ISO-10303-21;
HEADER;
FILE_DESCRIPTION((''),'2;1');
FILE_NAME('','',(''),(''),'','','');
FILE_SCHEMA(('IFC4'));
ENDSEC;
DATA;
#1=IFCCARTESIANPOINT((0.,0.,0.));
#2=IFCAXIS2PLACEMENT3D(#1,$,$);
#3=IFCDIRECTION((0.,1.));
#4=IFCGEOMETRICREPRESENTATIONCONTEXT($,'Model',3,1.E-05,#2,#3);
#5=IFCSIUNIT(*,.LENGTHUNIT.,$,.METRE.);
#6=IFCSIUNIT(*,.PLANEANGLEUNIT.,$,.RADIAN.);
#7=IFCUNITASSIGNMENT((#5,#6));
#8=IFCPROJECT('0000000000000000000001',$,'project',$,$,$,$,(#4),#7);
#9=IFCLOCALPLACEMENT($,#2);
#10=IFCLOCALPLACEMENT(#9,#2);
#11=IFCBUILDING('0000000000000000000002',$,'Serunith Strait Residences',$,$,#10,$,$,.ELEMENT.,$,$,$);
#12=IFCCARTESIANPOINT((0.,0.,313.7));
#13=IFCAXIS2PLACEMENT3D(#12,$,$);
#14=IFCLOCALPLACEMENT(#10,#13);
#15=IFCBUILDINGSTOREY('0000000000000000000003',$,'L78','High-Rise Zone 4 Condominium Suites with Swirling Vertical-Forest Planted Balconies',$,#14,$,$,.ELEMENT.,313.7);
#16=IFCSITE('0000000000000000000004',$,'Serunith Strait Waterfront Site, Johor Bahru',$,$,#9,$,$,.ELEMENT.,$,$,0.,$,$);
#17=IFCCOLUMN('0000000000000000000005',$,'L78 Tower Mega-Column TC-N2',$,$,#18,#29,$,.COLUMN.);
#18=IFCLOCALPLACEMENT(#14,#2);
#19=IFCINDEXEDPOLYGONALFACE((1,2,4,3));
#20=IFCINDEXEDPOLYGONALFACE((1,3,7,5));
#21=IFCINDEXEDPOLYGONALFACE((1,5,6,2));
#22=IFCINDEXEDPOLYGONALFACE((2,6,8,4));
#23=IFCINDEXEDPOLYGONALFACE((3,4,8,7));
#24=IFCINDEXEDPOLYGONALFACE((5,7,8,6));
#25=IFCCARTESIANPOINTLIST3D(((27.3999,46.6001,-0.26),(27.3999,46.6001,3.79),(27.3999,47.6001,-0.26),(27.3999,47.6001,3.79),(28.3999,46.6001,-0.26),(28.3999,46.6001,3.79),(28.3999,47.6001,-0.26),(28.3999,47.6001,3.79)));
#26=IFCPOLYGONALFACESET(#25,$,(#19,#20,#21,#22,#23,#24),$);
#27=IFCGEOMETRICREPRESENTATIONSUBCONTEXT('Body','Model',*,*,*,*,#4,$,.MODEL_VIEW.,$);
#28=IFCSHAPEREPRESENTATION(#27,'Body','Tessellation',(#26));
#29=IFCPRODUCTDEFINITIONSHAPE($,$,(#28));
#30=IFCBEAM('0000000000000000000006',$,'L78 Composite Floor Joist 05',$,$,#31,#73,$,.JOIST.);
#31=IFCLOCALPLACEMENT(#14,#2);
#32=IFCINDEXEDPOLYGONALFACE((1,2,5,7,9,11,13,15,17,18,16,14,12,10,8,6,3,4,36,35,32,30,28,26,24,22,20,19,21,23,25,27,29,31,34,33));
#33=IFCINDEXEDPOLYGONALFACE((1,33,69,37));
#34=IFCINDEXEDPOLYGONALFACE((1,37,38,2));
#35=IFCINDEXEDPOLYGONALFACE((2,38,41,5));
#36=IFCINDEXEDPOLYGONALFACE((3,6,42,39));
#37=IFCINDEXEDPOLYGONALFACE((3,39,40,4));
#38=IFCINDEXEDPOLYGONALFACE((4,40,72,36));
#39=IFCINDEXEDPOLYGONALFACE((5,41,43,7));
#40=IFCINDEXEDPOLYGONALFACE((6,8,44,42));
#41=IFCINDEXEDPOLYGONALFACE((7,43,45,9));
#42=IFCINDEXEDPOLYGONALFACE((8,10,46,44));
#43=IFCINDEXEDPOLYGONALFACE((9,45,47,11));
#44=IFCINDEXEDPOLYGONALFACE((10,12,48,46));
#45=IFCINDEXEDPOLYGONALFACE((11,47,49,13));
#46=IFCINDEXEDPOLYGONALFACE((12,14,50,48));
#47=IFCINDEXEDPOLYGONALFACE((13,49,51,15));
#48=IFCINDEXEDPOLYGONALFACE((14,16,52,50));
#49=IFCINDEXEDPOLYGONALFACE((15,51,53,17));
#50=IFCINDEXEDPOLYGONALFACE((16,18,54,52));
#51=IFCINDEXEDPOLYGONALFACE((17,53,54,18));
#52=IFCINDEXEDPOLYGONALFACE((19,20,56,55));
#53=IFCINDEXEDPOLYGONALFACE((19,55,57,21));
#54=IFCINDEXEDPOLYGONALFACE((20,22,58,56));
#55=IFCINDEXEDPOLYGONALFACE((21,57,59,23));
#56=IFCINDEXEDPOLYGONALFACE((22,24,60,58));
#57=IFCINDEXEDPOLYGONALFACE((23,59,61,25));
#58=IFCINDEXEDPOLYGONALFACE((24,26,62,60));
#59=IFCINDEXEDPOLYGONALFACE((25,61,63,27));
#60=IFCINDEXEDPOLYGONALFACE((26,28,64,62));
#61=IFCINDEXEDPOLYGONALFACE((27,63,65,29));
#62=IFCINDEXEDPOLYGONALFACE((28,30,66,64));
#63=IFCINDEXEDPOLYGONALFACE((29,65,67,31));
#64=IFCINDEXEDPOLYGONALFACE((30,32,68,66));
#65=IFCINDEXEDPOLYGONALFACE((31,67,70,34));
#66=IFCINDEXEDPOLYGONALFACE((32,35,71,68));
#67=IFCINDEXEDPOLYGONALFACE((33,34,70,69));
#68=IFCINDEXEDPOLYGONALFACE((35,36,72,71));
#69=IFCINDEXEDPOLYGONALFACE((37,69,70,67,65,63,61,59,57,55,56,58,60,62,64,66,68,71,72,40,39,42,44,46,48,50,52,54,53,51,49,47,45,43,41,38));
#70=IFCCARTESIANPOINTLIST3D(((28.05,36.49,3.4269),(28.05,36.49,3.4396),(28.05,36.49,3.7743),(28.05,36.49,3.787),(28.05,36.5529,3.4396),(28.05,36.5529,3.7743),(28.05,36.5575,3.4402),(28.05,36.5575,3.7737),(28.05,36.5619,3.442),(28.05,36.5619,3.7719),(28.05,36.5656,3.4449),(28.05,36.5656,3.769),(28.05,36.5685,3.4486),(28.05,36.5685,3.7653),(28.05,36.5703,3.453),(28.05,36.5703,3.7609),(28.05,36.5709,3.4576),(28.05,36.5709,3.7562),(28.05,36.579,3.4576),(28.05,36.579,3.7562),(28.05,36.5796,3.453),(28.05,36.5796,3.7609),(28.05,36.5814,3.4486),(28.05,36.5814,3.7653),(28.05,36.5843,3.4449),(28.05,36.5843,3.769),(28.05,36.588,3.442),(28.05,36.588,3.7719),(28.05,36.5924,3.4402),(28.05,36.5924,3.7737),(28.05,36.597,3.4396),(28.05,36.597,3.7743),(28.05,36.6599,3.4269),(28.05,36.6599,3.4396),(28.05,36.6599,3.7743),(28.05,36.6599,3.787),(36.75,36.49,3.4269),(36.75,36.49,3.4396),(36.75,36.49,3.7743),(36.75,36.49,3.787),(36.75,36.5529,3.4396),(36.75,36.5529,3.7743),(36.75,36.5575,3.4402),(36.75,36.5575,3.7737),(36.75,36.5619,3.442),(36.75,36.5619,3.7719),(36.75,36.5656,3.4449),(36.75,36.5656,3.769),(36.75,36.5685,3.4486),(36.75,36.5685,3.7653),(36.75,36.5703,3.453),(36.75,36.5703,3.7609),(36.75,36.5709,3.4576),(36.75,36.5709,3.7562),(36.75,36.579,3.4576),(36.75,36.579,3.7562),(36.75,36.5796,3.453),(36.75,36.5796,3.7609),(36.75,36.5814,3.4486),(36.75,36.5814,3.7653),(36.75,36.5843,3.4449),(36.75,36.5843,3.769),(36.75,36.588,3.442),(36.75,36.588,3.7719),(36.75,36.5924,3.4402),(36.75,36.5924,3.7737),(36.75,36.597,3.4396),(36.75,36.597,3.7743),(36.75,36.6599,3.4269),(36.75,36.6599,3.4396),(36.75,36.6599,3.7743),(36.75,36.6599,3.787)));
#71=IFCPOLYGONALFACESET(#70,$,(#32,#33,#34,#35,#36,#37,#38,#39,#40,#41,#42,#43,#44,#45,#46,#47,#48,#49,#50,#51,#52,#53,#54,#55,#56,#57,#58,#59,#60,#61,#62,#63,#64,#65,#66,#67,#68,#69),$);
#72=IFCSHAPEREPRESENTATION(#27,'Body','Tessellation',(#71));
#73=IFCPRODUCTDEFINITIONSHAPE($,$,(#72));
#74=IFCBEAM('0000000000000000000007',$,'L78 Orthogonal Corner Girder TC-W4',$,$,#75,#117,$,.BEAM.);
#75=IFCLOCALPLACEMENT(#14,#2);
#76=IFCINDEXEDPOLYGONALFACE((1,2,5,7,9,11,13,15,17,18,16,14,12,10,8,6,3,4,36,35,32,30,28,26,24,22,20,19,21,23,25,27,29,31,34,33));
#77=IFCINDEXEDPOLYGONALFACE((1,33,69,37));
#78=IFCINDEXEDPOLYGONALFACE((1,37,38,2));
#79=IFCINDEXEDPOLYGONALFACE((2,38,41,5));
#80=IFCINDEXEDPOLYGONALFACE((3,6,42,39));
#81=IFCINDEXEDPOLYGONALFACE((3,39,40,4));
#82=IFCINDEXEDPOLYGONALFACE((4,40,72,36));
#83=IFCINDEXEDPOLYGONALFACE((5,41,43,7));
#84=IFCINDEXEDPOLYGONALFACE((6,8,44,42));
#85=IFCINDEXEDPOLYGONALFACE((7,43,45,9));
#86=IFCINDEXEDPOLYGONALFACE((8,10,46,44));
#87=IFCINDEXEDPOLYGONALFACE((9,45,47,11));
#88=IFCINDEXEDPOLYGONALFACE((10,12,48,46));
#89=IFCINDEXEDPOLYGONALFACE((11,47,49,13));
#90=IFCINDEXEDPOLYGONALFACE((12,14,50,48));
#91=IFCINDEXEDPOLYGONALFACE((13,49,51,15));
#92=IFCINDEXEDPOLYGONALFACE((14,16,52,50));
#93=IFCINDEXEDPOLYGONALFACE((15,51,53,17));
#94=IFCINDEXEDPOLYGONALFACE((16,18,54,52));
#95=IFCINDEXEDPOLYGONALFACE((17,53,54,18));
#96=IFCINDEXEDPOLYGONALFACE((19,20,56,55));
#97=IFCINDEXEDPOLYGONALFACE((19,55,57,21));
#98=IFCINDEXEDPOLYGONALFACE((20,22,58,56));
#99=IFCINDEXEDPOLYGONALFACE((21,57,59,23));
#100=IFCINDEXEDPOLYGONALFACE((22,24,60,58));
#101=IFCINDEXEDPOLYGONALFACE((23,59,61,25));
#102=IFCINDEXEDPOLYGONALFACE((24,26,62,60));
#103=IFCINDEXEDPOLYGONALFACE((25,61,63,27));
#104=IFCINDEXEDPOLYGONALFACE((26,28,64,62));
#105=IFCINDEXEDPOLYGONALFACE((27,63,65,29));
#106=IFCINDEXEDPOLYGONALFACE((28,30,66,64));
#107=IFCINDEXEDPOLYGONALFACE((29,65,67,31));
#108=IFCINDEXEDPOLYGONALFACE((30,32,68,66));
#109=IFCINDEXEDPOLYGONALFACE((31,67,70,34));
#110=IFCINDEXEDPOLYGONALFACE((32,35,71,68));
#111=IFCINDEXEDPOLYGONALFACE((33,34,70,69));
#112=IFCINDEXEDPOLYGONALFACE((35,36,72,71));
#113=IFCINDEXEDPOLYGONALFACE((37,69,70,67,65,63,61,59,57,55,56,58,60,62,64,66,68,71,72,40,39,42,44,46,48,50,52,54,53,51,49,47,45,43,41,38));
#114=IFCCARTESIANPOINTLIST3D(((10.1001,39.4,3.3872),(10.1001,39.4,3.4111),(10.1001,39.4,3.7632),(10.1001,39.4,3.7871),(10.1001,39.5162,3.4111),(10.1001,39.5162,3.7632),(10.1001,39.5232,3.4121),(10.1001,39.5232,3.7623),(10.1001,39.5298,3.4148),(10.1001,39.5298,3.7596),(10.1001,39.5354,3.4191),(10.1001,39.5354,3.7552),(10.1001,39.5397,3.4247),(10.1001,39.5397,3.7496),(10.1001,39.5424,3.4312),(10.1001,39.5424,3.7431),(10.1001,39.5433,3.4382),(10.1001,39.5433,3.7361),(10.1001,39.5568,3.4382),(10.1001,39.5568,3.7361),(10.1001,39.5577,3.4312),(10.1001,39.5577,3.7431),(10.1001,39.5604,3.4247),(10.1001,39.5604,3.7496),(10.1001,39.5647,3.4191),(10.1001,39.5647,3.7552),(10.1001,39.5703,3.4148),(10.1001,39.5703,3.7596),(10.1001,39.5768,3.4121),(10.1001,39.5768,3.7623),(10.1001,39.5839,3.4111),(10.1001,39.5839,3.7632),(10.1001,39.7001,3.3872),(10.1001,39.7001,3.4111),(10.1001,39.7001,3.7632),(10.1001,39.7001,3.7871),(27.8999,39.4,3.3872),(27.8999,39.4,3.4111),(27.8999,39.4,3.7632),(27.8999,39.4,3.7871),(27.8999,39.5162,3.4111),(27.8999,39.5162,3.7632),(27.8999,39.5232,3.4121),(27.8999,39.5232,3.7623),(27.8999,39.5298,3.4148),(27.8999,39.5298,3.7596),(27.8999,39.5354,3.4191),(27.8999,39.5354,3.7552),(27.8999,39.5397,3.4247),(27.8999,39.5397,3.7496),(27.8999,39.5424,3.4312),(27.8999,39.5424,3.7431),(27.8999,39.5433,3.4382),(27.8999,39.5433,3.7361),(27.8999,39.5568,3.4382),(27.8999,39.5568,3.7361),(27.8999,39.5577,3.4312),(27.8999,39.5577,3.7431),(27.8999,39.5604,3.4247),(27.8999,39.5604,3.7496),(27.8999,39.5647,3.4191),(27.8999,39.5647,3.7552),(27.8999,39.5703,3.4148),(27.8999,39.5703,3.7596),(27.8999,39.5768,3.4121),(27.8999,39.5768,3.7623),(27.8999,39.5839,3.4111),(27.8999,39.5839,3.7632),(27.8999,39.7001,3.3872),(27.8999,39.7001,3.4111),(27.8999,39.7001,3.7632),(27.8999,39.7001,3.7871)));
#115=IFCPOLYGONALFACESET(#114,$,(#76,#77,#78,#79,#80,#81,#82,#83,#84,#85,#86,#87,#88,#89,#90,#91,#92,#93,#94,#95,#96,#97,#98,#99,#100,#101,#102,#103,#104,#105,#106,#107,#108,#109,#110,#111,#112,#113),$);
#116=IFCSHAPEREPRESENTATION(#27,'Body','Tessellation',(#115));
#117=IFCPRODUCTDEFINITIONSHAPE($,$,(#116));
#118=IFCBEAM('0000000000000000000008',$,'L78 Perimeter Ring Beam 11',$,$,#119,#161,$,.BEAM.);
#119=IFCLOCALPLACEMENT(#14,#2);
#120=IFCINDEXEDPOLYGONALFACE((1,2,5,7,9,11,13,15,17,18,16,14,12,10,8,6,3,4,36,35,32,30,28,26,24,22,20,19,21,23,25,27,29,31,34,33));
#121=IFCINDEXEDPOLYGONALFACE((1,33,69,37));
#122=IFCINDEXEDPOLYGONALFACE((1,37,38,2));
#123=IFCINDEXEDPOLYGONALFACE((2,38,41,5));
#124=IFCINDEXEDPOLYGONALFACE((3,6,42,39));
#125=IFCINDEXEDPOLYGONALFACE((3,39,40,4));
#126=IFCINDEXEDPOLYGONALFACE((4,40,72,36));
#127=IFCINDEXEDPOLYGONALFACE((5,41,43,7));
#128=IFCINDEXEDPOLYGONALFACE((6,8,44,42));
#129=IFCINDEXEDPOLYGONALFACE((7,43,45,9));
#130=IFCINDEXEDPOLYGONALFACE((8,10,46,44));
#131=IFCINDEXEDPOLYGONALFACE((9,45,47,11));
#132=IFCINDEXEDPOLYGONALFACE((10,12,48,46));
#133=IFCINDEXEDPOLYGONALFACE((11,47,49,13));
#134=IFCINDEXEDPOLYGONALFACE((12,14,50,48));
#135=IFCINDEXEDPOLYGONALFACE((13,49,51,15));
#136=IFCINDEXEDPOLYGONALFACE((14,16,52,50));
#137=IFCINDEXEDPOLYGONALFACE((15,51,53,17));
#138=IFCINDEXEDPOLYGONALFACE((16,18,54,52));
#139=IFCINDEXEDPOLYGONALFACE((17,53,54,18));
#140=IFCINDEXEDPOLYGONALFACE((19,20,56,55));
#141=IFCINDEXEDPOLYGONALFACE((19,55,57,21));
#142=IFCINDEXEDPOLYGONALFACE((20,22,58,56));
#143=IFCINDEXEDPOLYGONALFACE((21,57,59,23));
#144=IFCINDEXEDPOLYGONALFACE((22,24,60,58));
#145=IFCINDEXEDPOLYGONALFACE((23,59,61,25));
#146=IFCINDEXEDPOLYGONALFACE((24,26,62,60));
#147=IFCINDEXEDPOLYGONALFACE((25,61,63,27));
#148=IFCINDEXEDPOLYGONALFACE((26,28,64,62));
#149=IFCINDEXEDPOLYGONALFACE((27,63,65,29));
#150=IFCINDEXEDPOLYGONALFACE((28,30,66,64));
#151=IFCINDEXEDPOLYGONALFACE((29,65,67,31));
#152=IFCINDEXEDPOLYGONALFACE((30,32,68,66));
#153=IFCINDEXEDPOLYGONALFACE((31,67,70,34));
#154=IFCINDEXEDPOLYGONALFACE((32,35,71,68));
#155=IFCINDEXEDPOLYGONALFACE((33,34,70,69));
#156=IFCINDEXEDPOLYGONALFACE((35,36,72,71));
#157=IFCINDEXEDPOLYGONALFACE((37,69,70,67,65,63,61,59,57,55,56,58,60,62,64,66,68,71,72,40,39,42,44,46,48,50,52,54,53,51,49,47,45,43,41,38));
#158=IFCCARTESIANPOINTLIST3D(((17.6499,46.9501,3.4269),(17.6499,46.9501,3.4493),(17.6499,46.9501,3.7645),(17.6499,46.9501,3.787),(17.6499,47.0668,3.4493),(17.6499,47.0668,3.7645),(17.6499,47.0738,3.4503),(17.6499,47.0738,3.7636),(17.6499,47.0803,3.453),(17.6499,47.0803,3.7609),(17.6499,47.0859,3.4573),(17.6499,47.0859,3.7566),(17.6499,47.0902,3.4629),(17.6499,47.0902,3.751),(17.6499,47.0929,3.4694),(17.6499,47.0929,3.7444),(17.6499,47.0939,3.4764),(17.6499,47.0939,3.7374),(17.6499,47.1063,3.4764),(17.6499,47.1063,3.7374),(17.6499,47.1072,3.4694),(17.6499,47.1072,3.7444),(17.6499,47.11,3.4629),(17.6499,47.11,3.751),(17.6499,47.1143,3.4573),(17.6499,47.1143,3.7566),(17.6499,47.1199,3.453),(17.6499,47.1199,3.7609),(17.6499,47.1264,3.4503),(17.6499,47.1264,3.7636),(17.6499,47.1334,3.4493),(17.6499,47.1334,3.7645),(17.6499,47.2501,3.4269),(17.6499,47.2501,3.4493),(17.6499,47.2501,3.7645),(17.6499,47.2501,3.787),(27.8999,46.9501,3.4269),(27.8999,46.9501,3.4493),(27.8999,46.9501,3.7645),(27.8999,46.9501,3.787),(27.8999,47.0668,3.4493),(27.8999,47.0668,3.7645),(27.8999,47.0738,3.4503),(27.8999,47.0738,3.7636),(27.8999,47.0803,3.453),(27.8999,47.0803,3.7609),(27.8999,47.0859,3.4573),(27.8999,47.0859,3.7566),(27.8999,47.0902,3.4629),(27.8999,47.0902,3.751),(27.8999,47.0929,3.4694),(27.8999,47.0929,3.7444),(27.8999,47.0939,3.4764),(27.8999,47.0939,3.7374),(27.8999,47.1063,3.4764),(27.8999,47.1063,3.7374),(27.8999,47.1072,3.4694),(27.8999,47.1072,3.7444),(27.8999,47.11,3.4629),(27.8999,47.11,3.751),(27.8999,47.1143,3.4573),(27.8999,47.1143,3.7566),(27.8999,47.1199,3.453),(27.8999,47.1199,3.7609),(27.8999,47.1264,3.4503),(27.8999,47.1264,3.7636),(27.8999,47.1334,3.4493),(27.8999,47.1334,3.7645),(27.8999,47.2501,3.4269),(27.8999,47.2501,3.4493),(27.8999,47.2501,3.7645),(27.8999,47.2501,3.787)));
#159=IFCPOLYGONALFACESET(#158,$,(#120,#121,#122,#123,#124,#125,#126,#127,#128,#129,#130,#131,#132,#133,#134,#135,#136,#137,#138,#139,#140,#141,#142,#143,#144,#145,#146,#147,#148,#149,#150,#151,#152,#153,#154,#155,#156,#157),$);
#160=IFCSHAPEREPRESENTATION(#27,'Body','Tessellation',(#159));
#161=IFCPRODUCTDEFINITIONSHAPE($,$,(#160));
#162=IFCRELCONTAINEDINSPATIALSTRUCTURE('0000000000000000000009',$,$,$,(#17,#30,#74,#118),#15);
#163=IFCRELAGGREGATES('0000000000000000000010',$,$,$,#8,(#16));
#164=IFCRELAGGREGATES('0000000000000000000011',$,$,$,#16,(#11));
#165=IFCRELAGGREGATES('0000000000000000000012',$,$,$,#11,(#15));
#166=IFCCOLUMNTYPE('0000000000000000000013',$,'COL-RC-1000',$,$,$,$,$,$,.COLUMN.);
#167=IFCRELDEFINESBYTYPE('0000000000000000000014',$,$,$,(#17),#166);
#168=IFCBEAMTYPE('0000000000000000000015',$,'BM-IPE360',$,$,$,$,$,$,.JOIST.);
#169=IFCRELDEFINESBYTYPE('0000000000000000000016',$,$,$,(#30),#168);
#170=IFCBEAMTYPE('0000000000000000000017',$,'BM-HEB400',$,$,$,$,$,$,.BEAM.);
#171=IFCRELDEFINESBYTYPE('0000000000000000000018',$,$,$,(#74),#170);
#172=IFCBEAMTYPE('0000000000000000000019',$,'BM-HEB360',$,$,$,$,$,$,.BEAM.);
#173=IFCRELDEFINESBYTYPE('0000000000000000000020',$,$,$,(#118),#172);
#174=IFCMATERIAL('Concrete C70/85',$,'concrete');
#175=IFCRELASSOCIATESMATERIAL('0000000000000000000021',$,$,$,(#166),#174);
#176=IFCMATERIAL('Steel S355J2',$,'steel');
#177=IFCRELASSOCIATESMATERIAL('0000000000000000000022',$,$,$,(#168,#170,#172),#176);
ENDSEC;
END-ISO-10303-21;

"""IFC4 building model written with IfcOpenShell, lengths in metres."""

from ifc_helpers import new_model, si_unit, direction, frame, origin, origin_2d, place, context, subcontext, project, spatial, rectangle, i_section, extrude, source, transform, mapped, material, material_profile, profile_set, type_object, element, save


model = new_model("IFC4")

# Units and contexts
model_context = context("Model", 3, precision=1e-05, world=origin(), true_north=direction((0.0, 1.0)))
body_context = subcontext(model_context, "Body", "Model", "MODEL_VIEW")
ifc_project = project(units=[si_unit("LENGTHUNIT", "METRE"), si_unit("PLANEANGLEUNIT", "RADIAN")], contexts=[model_context])

# Site, building, storey
site_placement = place(None, origin())
site = spatial("IfcSite", under=ifc_project, at=site_placement, Name="Serunith Strait Waterfront Site, Johor Bahru", CompositionType="ELEMENT", RefElevation=0.0)
building_placement = place(site_placement, origin())
building = spatial("IfcBuilding", under=site, at=building_placement, Name="Serunith Strait Residences", CompositionType="ELEMENT")
storey_placement = place(building_placement, frame((0.0, 0.0, 313.7)))
storey = spatial("IfcBuildingStorey", under=building, at=storey_placement, Name="L78", Description="High-Rise Zone 4 Condominium Suites with Swirling Vertical-Forest Planted Balconies", CompositionType="ELEMENT", Elevation=313.7)

# Column
ifc_material_1 = material(Name="Concrete C70/85", Category="concrete")
ifc_material_profile_1 = material_profile(ifc_material_1, rectangle(XDim=1.0, YDim=1.0, at=origin_2d()), Name="RC 1000x1000")
ifc_profile_set_1 = profile_set([ifc_material_profile_1], Name="Concrete C70/85")
column_type = type_object("IfcColumnType", Name="COL-RC-1000", PredefinedType="COLUMN", material=ifc_profile_set_1)
shared_shape_1 = source(origin(), body_context, "Body", "SweptSolid", [
    extrude(rectangle(XDim=1.0, YDim=1.0, at=origin_2d()), origin(), (0.0, 0.0, 1.0), 4.05),
])
column_placement = place(storey_placement, frame((27.8999, 47.1001, -0.26), z_axis=(0.0, 0.0, 1.0), x_axis=(1.0, 0.0, 0.0)))
element("IfcColumn", 1, at=column_placement, inside=storey, type_object=column_type, Name="L78 Tower Mega-Column TC-N2", PredefinedType="COLUMN", context=body_context, shape_type="MappedRepresentation", body=[
    mapped(shared_shape_1, transform((0.0, 0.0, 0.0), scale=1.0)),
])

# Beams
ifc_material_2 = material(Name="Steel S355J2", Category="steel")
ifc_material_profile_2 = material_profile(ifc_material_2, i_section(OverallWidth=0.1699, OverallDepth=0.3601, WebThickness=0.0081, FlangeThickness=0.0127, FilletRadius=0.0181, at=origin_2d()), Name="IPE 360")
ifc_profile_set_2 = profile_set([ifc_material_profile_2], Name="Steel S355J2")
beam_type_1 = type_object("IfcBeamType", Name="BM-IPE360", PredefinedType="JOIST", material=ifc_profile_set_2)
shared_shape_2 = source(origin(), body_context, "Body", "SweptSolid", [
    extrude(i_section(OverallWidth=0.1699, OverallDepth=0.3601, WebThickness=0.0081, FlangeThickness=0.0127, FilletRadius=0.0181, at=origin_2d()), origin(), (0.0, 0.0, 1.0), 8.7),
])
beam_1_placement = place(storey_placement, frame((28.05, 36.575, 3.6069), z_axis=(1.0, 0.0, 0.0), x_axis=(0.0, 1.0, 0.0)))
element("IfcBeam", 2, at=beam_1_placement, inside=storey, type_object=beam_type_1, Name="L78 Composite Floor Joist 05", PredefinedType="JOIST", context=body_context, shape_type="MappedRepresentation", body=[
    mapped(shared_shape_2, transform((0.0, 0.0, 0.0), scale=1.0)),
])
ifc_material_profile_3 = material_profile(ifc_material_2, i_section(OverallWidth=0.3, OverallDepth=0.3999, WebThickness=0.0134, FlangeThickness=0.0239, FilletRadius=0.0271, at=origin_2d()), Name="HEB 400")
ifc_profile_set_3 = profile_set([ifc_material_profile_3], Name="Steel S355J2")
beam_type_2 = type_object("IfcBeamType", Name="BM-HEB400", PredefinedType="BEAM", material=ifc_profile_set_3)
shared_shape_3 = source(origin(), body_context, "Body", "SweptSolid", [
    extrude(i_section(OverallWidth=0.3, OverallDepth=0.3999, WebThickness=0.0134, FlangeThickness=0.0239, FilletRadius=0.0271, at=origin_2d()), origin(), (0.0, 0.0, 1.0), 17.7998),
])
beam_2_placement = place(storey_placement, frame((27.8999, 39.55, 3.5872), z_axis=(-1.0, 0.0, 0.0), x_axis=(0.0, -1.0, 0.0)))
element("IfcBeam", 3, at=beam_2_placement, inside=storey, type_object=beam_type_2, Name="L78 Orthogonal Corner Girder TC-W4", PredefinedType="BEAM", context=body_context, shape_type="MappedRepresentation", body=[
    mapped(shared_shape_3, transform((0.0, 0.0, 0.0), scale=1.0)),
])
ifc_material_profile_4 = material_profile(ifc_material_2, i_section(OverallWidth=0.3, OverallDepth=0.3601, WebThickness=0.0125, FlangeThickness=0.0225, FilletRadius=0.0271, at=origin_2d()), Name="HEB 360")
ifc_profile_set_4 = profile_set([ifc_material_profile_4], Name="Steel S355J2")
beam_type_3 = type_object("IfcBeamType", Name="BM-HEB360", PredefinedType="BEAM", material=ifc_profile_set_4)
shared_shape_4 = source(origin(), body_context, "Body", "SweptSolid", [
    extrude(i_section(OverallWidth=0.3, OverallDepth=0.3601, WebThickness=0.0125, FlangeThickness=0.0225, FilletRadius=0.0271, at=origin_2d()), origin(), (0.0, 0.0, 1.0), 10.25),
])
beam_3_placement = place(storey_placement, frame((27.8999, 47.1001, 3.6069), z_axis=(-1.0, 0.0, 0.0), x_axis=(0.0, -1.0, 0.0)))
element("IfcBeam", 4, at=beam_3_placement, inside=storey, type_object=beam_type_3, Name="L78 Perimeter Ring Beam 11", PredefinedType="BEAM", context=body_context, shape_type="MappedRepresentation", body=[
    mapped(shared_shape_4, transform((0.0, 0.0, 0.0), scale=1.0)),
])

save(model, "model.ifc")
